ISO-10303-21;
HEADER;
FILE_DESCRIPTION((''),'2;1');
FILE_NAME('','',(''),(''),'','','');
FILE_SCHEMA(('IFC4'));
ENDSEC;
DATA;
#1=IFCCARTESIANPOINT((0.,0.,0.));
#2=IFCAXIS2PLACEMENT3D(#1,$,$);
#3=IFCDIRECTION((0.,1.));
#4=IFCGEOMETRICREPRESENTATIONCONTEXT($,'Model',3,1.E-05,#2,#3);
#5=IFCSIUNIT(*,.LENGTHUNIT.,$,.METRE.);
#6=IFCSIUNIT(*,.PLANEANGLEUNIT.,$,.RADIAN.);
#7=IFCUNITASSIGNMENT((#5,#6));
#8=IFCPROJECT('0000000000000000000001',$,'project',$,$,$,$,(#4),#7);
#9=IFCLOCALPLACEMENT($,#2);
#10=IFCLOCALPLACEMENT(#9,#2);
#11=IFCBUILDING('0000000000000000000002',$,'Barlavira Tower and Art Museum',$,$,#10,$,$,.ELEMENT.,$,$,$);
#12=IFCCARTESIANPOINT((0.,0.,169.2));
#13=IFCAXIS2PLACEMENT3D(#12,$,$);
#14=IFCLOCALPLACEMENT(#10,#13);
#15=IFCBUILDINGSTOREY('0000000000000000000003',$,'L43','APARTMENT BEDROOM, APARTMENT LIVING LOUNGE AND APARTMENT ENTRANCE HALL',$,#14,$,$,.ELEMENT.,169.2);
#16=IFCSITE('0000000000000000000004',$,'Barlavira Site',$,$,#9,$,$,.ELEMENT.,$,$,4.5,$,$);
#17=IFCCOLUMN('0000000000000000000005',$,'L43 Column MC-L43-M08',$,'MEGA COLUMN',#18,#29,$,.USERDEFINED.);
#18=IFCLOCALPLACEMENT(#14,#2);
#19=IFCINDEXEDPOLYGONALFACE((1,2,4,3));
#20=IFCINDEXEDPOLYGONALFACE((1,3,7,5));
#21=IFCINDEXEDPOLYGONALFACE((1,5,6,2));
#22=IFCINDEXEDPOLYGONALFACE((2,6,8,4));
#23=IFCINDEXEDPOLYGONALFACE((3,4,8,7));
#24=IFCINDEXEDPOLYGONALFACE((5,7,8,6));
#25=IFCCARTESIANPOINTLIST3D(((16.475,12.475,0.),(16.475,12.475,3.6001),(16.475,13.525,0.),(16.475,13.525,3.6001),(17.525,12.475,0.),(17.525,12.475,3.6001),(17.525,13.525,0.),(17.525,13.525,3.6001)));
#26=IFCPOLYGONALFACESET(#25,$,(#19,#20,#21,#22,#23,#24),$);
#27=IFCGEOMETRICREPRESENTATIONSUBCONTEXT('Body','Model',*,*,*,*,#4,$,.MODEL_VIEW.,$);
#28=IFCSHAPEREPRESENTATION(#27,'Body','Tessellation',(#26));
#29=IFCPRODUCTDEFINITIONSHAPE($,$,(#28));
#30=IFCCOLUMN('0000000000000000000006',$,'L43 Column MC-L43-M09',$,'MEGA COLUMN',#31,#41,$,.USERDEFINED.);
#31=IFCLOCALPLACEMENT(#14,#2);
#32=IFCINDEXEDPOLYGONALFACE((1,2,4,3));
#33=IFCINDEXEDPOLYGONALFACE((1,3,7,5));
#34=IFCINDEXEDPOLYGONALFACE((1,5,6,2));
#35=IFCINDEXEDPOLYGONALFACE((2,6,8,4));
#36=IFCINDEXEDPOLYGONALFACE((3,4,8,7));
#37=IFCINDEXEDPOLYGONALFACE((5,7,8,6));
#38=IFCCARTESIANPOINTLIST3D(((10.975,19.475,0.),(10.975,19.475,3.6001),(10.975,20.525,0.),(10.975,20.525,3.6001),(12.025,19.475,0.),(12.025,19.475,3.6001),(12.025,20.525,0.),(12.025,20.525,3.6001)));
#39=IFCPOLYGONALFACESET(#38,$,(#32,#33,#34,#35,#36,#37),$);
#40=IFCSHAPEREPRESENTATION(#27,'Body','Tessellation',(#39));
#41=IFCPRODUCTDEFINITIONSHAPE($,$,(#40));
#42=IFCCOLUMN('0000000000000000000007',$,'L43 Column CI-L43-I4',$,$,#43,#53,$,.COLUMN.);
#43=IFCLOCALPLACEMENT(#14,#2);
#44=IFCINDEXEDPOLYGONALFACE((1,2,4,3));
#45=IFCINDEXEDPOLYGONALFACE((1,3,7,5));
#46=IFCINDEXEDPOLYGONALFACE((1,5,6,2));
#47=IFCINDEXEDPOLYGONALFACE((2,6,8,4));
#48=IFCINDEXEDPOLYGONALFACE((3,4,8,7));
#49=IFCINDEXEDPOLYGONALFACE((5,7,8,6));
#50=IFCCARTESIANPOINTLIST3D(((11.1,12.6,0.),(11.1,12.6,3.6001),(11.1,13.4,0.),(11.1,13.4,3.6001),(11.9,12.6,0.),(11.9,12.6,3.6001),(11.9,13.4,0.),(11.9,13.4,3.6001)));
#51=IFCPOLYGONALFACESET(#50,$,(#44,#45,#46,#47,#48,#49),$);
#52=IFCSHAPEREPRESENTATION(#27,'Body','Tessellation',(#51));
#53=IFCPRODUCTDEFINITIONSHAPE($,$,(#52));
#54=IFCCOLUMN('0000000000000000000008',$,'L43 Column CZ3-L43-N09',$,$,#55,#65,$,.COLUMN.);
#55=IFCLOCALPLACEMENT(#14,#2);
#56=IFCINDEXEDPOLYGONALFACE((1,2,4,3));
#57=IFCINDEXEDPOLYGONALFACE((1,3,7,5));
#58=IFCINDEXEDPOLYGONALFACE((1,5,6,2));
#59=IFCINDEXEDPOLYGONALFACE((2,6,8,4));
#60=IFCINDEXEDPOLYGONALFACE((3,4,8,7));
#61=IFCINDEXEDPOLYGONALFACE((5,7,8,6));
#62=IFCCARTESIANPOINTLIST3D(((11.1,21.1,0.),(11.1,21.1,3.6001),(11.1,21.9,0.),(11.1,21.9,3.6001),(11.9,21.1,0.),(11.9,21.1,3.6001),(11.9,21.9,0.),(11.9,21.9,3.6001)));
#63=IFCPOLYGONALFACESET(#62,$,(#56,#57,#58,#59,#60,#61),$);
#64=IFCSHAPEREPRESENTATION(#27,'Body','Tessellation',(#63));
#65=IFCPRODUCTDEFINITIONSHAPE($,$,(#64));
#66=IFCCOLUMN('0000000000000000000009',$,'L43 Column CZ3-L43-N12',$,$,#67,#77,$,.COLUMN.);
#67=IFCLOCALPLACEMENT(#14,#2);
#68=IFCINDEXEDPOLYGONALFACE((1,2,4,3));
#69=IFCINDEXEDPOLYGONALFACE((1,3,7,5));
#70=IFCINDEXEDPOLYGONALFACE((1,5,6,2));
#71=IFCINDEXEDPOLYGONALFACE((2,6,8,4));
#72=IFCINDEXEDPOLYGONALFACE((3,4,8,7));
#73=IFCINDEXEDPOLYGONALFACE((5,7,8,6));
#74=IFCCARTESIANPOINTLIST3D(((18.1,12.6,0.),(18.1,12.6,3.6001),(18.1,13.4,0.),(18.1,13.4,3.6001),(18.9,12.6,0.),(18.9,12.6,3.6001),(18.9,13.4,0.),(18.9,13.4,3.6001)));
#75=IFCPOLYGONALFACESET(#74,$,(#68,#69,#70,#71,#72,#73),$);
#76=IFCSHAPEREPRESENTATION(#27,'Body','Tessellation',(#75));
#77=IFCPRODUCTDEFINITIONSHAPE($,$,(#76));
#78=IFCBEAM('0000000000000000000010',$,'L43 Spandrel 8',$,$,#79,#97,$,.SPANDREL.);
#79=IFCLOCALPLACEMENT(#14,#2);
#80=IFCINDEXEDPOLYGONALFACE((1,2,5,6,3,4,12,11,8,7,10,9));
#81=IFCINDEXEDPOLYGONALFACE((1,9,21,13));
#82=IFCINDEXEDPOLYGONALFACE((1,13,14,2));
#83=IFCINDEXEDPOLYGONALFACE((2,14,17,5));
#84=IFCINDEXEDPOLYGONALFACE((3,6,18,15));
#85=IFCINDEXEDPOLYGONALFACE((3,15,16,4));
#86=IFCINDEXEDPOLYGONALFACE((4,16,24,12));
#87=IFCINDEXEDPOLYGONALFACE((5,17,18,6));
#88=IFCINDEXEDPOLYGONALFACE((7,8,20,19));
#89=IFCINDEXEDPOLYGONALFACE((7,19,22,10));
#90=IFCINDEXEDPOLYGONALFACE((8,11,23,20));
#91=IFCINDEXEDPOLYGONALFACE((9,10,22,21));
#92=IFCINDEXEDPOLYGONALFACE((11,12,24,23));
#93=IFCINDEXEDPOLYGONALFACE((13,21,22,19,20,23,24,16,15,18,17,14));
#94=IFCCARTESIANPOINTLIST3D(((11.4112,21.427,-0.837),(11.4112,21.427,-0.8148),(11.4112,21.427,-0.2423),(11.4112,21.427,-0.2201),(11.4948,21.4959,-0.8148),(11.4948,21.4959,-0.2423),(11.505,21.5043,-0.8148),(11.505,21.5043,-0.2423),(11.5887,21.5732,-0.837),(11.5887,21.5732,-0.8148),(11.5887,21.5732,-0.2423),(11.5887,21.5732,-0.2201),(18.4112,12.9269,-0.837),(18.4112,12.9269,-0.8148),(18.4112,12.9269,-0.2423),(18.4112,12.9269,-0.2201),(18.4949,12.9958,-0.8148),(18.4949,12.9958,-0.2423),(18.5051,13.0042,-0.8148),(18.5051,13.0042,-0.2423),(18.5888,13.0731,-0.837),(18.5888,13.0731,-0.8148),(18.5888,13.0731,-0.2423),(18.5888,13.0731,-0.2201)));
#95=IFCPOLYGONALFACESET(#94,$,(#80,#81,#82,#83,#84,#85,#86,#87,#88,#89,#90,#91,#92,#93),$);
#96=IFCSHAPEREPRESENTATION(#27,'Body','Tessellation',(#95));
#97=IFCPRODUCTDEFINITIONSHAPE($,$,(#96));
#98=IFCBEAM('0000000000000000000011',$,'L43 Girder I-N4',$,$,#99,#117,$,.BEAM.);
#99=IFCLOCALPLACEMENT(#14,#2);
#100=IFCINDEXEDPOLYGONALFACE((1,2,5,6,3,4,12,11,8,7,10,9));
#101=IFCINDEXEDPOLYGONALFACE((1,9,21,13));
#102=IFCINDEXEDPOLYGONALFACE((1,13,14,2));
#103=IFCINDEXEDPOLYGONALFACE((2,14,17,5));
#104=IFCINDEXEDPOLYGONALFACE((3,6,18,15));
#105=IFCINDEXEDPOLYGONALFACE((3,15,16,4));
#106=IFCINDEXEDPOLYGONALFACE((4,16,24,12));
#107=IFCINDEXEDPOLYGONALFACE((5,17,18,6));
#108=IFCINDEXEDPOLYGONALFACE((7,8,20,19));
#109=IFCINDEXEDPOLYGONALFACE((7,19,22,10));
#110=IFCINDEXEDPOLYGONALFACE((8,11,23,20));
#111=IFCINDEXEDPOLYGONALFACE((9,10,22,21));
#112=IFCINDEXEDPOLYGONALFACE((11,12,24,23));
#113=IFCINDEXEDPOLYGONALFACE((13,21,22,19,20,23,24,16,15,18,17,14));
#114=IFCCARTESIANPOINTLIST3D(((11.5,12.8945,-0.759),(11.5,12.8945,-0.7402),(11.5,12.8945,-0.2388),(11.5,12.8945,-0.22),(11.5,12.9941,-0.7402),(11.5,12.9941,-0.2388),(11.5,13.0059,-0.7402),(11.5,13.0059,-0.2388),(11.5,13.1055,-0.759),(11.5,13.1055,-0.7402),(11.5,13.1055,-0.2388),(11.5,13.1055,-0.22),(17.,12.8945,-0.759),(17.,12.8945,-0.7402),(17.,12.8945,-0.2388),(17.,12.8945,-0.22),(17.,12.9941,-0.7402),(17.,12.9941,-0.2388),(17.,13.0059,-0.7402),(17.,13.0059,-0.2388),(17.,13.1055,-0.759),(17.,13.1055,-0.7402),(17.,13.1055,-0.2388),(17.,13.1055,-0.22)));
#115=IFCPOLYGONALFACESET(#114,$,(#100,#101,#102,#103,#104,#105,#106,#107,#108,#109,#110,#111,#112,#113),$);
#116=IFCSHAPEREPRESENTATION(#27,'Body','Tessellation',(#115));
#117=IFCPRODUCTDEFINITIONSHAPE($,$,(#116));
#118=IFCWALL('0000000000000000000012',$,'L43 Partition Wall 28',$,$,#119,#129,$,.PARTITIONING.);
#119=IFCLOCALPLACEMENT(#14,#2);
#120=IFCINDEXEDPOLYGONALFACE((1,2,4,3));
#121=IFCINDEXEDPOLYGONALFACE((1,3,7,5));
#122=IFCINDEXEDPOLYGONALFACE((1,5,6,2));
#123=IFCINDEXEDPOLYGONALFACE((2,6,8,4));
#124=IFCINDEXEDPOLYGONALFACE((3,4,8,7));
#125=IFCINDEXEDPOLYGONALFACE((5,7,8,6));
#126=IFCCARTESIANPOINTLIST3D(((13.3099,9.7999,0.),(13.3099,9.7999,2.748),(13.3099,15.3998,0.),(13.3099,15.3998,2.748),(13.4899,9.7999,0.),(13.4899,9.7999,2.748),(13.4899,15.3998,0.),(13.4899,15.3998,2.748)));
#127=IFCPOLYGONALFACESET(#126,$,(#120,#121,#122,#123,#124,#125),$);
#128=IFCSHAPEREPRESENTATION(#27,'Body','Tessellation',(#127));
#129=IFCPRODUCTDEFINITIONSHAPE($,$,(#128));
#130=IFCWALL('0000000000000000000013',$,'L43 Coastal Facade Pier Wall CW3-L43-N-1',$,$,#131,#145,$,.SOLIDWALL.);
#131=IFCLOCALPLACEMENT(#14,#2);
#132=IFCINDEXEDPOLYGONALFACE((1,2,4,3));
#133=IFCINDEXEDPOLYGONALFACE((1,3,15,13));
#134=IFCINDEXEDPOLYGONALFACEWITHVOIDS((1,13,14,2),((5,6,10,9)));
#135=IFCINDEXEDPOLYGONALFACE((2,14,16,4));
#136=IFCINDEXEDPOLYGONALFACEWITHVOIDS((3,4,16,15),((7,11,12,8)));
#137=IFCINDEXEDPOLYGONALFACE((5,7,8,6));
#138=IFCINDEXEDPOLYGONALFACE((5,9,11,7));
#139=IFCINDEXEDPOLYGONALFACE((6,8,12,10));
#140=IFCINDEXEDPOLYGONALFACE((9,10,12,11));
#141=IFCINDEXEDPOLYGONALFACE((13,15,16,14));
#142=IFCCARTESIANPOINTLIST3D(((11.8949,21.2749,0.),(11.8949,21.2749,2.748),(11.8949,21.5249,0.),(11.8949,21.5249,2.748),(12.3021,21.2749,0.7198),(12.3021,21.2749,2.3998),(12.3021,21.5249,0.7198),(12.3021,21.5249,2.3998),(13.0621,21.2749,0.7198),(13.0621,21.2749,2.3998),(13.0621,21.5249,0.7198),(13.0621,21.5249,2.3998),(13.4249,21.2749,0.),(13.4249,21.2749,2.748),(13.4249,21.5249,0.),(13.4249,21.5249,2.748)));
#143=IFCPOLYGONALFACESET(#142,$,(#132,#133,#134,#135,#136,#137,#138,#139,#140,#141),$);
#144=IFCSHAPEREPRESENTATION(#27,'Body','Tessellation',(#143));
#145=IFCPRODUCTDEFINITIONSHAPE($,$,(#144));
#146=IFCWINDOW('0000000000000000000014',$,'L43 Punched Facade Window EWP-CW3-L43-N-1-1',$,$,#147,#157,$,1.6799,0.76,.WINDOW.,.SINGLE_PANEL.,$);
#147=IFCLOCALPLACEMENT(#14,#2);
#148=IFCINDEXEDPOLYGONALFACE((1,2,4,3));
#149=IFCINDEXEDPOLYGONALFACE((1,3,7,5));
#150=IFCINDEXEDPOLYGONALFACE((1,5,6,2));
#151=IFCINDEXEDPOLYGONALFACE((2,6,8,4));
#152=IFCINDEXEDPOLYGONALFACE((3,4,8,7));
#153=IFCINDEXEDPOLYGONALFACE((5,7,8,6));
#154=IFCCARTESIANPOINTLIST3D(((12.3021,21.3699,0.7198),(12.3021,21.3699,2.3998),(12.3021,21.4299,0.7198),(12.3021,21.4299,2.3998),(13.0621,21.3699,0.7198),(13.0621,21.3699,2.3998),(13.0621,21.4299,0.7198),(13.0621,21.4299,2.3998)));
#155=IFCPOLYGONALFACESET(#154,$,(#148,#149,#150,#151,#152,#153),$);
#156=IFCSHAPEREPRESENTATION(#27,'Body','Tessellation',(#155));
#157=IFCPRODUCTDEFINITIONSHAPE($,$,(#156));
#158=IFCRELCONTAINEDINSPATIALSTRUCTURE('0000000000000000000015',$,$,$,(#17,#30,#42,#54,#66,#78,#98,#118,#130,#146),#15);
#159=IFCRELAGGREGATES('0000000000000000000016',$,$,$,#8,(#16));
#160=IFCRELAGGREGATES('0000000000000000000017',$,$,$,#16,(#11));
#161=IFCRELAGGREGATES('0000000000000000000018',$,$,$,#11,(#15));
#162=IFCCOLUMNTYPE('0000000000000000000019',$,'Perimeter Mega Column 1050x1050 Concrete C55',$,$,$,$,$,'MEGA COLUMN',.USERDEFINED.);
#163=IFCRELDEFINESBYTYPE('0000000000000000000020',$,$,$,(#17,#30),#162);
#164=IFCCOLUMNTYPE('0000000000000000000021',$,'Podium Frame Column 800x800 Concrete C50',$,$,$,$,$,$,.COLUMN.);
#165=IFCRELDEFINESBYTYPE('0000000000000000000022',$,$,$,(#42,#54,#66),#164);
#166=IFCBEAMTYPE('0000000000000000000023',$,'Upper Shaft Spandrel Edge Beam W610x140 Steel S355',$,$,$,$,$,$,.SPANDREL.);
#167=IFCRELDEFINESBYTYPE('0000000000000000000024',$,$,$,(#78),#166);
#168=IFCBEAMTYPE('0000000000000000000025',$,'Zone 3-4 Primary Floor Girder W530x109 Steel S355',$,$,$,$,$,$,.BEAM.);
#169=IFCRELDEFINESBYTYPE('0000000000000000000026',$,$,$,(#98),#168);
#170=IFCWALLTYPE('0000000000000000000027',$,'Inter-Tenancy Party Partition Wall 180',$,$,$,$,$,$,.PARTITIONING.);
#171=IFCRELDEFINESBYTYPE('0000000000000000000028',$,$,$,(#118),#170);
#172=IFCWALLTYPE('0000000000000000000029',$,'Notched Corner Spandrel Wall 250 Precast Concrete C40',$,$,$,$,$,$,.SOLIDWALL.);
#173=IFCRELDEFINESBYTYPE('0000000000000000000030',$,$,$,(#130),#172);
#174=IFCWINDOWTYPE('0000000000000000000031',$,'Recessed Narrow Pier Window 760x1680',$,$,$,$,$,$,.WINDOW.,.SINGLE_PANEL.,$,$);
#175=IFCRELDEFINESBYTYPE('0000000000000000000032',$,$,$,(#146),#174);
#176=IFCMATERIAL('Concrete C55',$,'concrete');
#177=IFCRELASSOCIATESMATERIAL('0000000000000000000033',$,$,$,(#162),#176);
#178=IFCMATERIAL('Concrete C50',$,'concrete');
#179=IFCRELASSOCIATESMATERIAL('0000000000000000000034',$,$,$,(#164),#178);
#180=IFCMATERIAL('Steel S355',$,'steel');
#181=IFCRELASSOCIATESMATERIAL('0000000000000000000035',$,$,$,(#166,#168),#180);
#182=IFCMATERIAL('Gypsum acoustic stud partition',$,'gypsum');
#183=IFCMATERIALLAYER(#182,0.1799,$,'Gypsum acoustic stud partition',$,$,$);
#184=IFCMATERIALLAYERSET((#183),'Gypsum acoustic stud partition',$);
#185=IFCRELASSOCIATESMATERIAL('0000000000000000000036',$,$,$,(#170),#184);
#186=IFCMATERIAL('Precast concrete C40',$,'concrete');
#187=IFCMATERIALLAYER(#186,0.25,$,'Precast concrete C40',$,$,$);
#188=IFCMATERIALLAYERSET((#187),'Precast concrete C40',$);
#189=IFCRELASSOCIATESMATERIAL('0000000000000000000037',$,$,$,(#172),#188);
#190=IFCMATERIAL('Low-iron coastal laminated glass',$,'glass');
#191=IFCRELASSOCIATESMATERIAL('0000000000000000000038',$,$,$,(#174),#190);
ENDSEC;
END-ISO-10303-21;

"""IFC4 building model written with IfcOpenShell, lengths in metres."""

from ifc_helpers import new_model, si_unit, direction, frame, frame_2d, origin, origin_2d, place, context, subcontext, project, spatial, rectangle, i_section, extrude, material, layer, layer_set, material_profile, profile_set, type_object, element, fill, save


model = new_model("IFC4")

# Units and contexts
model_context = context("Model", 3, precision=1e-05, world=origin(), true_north=direction((0.0, 1.0)))
body_context = subcontext(model_context, "Body", "Model", "MODEL_VIEW")
ifc_project = project(units=[si_unit("LENGTHUNIT", "METRE"), si_unit("PLANEANGLEUNIT", "RADIAN")], contexts=[model_context])

# Site, building, storey
site_placement = place(None, origin())
site = spatial("IfcSite", under=ifc_project, at=site_placement, Name="Barlavira Site", CompositionType="ELEMENT", RefElevation=4.5)
building_placement = place(site_placement, origin())
building = spatial("IfcBuilding", under=site, at=building_placement, Name="Barlavira Tower and Art Museum", CompositionType="ELEMENT")
storey_placement = place(building_placement, frame((0.0, 0.0, 169.2)))
storey = spatial("IfcBuildingStorey", under=building, at=storey_placement, Name="L43", Description="APARTMENT BEDROOM, APARTMENT LIVING LOUNGE AND APARTMENT ENTRANCE HALL", CompositionType="ELEMENT", Elevation=169.2)

# Columns
ifc_material_1 = material(Name="Concrete C55", Category="concrete")
ifc_material_profile_1 = material_profile(ifc_material_1, rectangle(XDim=1.05, YDim=1.05, at=origin_2d()), Name="RC-COL 1050x1050")
ifc_profile_set_1 = profile_set([ifc_material_profile_1], Name="Concrete C55")
column_type_1 = type_object("IfcColumnType", Name="Perimeter Mega Column 1050x1050 Concrete C55", ElementType="MEGA COLUMN", PredefinedType="USERDEFINED", material=ifc_profile_set_1)
for number, where, z_axis, x_axis, name in (
    (1, (17.0, 13.0, 0.0), (0.0, 0.0, 1.0), (1.0, 0.0, 0.0), "L43 Column MC-L43-M08"),
    (2, (11.5, 20.0, 0.0), (0.0, 0.0, 1.0), (1.0, 0.0, 0.0), "L43 Column MC-L43-M09"),
):
    element("IfcColumn", number, at=place(storey_placement, frame(where, z_axis=z_axis, x_axis=x_axis)), inside=storey, type_object=column_type_1, Name=name, ObjectType="MEGA COLUMN", PredefinedType="USERDEFINED", context=body_context, shape_type="SweptSolid", body=[
        extrude(rectangle(XDim=1.05, YDim=1.05, at=origin_2d()), origin(), (0.0, 0.0, 1.0), 3.6001),
    ])
ifc_material_2 = material(Name="Concrete C50", Category="concrete")
ifc_material_profile_2 = material_profile(ifc_material_2, rectangle(XDim=0.8, YDim=0.8, at=origin_2d()), Name="RC-COL 800x800")
ifc_profile_set_2 = profile_set([ifc_material_profile_2], Name="Concrete C50")
column_type_2 = type_object("IfcColumnType", Name="Podium Frame Column 800x800 Concrete C50", PredefinedType="COLUMN", material=ifc_profile_set_2)
for number, where, z_axis, x_axis, name in (
    (3, (11.5, 13.0, 0.0), (0.0, 0.0, 1.0), (1.0, 0.0, 0.0), "L43 Column CI-L43-I4"),
    (4, (11.5, 21.5, 0.0), (0.0, 0.0, 1.0), (1.0, 0.0, 0.0), "L43 Column CZ3-L43-N09"),
    (5, (18.5, 13.0, 0.0), (0.0, 0.0, 1.0), (1.0, 0.0, 0.0), "L43 Column CZ3-L43-N12"),
):
    element("IfcColumn", number, at=place(storey_placement, frame(where, z_axis=z_axis, x_axis=x_axis)), inside=storey, type_object=column_type_2, Name=name, PredefinedType="COLUMN", context=body_context, shape_type="SweptSolid", body=[
        extrude(rectangle(XDim=0.8, YDim=0.8, at=origin_2d()), origin(), (0.0, 0.0, 1.0), 3.6001),
    ])

# Beams
ifc_material_3 = material(Name="Steel S355", Category="steel")
ifc_material_profile_3 = material_profile(ifc_material_3, i_section(OverallWidth=0.23, OverallDepth=0.6169, WebThickness=0.0132, FlangeThickness=0.0222, at=origin_2d()), Name="W610x140.0")
ifc_profile_set_3 = profile_set([ifc_material_profile_3], Name="Steel S355")
beam_type_1 = type_object("IfcBeamType", Name="Upper Shaft Spandrel Edge Beam W610x140 Steel S355", PredefinedType="SPANDREL", material=ifc_profile_set_3)
beam_1_placement = place(storey_placement, frame((18.5, 13.0, -0.5286), z_axis=(-0.635707, 0.77193, 0.0), x_axis=(-0.77193, -0.635707, 0.0)))
element("IfcBeam", 6, at=beam_1_placement, inside=storey, type_object=beam_type_1, Name="L43 Spandrel 8", PredefinedType="SPANDREL", context=body_context, shape_type="SweptSolid", body=[
    extrude(i_section(OverallWidth=0.23, OverallDepth=0.6169, WebThickness=0.0132, FlangeThickness=0.0222, at=origin_2d()), origin(), (0.0, 0.0, 1.0), 11.0115),
])
ifc_material_profile_4 = material_profile(ifc_material_3, i_section(OverallWidth=0.2109, OverallDepth=0.5391, WebThickness=0.0117, FlangeThickness=0.0188, at=origin_2d()), Name="W530x109.0")
ifc_profile_set_4 = profile_set([ifc_material_profile_4], Name="Steel S355")
beam_type_2 = type_object("IfcBeamType", Name="Zone 3-4 Primary Floor Girder W530x109 Steel S355", PredefinedType="BEAM", material=ifc_profile_set_4)
beam_2_placement = place(storey_placement, frame((11.5, 13.0, -0.4895), z_axis=(1.0, 0.0, 0.0), x_axis=(0.0, 1.0, 0.0)))
element("IfcBeam", 7, at=beam_2_placement, inside=storey, type_object=beam_type_2, Name="L43 Girder I-N4", PredefinedType="BEAM", context=body_context, shape_type="SweptSolid", body=[
    extrude(i_section(OverallWidth=0.2109, OverallDepth=0.5391, WebThickness=0.0117, FlangeThickness=0.0188, at=origin_2d()), origin(), (0.0, 0.0, 1.0), 5.5),
])

# Wall
ifc_material_4 = material(Name="Gypsum acoustic stud partition", Category="gypsum")
ifc_layer_1 = layer(ifc_material_4, 0.1799, Name="Gypsum acoustic stud partition")
ifc_layer_set_1 = layer_set([ifc_layer_1], Name="Gypsum acoustic stud partition")
wall_type_1 = type_object("IfcWallType", Name="Inter-Tenancy Party Partition Wall 180", PredefinedType="PARTITIONING", material=ifc_layer_set_1)
wall_1_placement = place(storey_placement, frame((13.3999, 9.8, 0.0), z_axis=(0.0, 0.0, 1.0), x_axis=(0.0, 1.0, 0.0)))
element("IfcWall", 8, at=wall_1_placement, inside=storey, type_object=wall_type_1, Name="L43 Partition Wall 28", PredefinedType="PARTITIONING", context=body_context, shape_type="SweptSolid", body=[
    extrude(rectangle(XDim=5.5999, YDim=0.1799, at=frame_2d((2.7998, 0.0))), origin(), (0.0, 0.0, 1.0), 2.748),
])

# Wall, opening, window
ifc_material_5 = material(Name="Precast concrete C40", Category="concrete")
ifc_layer_2 = layer(ifc_material_5, 0.25, Name="Precast concrete C40")
ifc_layer_set_2 = layer_set([ifc_layer_2], Name="Precast concrete C40")
wall_type_2 = type_object("IfcWallType", Name="Notched Corner Spandrel Wall 250 Precast Concrete C40", PredefinedType="SOLIDWALL", material=ifc_layer_set_2)
wall_2_placement = place(storey_placement, frame((13.425, 21.3999, 0.0), z_axis=(0.0, 0.0, 1.0), x_axis=(-1.0, 0.0, 0.0)))
wall_2 = element("IfcWall", 9, at=wall_2_placement, inside=storey, type_object=wall_type_2, Name="L43 Coastal Facade Pier Wall CW3-L43-N-1", PredefinedType="SOLIDWALL", context=body_context, shape_type="SweptSolid", body=[
    extrude(rectangle(XDim=1.53, YDim=0.25, at=frame_2d((0.7651, 0.0))), origin(), (0.0, 0.0, 1.0), 2.748),
])
opening_1_placement = place(wall_2_placement, frame((0.363, 0.0, 0.72)))
opening_1 = element("IfcOpeningElement", 10, at=opening_1_placement, cuts=wall_2, PredefinedType="OPENING", context=body_context, shape_type="SweptSolid", body=[
    extrude(rectangle(XDim=0.76, YDim=1.6799, at=frame_2d((0.3799, 0.8398))), frame((0.0, 0.135, 0.0), z_axis=(0.0, -1.0, 0.0), x_axis=(1.0, 0.0, 0.0)), (0.0, 0.0, 1.0), 0.27),
])
ifc_material_6 = material(Name="Low-iron coastal laminated glass", Category="glass")
window_type_1 = type_object("IfcWindowType", Name="Recessed Narrow Pier Window 760x1680", PartitioningType="SINGLE_PANEL", PredefinedType="WINDOW", material=ifc_material_6)
window_1_placement = place(opening_1_placement, origin())
window_1 = element("IfcWindow", 11, at=window_1_placement, inside=storey, type_object=window_type_1, Name="L43 Punched Facade Window EWP-CW3-L43-N-1-1", OverallHeight=1.6799, OverallWidth=0.76, PartitioningType="SINGLE_PANEL", PredefinedType="WINDOW", context=body_context, shape_type="SweptSolid", body=[
    extrude(rectangle(XDim=0.76, YDim=1.6799, at=frame_2d((0.3799, 0.8398))), frame((0.0, 0.03, 0.0), z_axis=(0.0, -1.0, 0.0), x_axis=(1.0, 0.0, 0.0)), (0.0, 0.0, 1.0), 0.0601),
])
fill(opening_1, window_1)

save(model, "model.ifc")
